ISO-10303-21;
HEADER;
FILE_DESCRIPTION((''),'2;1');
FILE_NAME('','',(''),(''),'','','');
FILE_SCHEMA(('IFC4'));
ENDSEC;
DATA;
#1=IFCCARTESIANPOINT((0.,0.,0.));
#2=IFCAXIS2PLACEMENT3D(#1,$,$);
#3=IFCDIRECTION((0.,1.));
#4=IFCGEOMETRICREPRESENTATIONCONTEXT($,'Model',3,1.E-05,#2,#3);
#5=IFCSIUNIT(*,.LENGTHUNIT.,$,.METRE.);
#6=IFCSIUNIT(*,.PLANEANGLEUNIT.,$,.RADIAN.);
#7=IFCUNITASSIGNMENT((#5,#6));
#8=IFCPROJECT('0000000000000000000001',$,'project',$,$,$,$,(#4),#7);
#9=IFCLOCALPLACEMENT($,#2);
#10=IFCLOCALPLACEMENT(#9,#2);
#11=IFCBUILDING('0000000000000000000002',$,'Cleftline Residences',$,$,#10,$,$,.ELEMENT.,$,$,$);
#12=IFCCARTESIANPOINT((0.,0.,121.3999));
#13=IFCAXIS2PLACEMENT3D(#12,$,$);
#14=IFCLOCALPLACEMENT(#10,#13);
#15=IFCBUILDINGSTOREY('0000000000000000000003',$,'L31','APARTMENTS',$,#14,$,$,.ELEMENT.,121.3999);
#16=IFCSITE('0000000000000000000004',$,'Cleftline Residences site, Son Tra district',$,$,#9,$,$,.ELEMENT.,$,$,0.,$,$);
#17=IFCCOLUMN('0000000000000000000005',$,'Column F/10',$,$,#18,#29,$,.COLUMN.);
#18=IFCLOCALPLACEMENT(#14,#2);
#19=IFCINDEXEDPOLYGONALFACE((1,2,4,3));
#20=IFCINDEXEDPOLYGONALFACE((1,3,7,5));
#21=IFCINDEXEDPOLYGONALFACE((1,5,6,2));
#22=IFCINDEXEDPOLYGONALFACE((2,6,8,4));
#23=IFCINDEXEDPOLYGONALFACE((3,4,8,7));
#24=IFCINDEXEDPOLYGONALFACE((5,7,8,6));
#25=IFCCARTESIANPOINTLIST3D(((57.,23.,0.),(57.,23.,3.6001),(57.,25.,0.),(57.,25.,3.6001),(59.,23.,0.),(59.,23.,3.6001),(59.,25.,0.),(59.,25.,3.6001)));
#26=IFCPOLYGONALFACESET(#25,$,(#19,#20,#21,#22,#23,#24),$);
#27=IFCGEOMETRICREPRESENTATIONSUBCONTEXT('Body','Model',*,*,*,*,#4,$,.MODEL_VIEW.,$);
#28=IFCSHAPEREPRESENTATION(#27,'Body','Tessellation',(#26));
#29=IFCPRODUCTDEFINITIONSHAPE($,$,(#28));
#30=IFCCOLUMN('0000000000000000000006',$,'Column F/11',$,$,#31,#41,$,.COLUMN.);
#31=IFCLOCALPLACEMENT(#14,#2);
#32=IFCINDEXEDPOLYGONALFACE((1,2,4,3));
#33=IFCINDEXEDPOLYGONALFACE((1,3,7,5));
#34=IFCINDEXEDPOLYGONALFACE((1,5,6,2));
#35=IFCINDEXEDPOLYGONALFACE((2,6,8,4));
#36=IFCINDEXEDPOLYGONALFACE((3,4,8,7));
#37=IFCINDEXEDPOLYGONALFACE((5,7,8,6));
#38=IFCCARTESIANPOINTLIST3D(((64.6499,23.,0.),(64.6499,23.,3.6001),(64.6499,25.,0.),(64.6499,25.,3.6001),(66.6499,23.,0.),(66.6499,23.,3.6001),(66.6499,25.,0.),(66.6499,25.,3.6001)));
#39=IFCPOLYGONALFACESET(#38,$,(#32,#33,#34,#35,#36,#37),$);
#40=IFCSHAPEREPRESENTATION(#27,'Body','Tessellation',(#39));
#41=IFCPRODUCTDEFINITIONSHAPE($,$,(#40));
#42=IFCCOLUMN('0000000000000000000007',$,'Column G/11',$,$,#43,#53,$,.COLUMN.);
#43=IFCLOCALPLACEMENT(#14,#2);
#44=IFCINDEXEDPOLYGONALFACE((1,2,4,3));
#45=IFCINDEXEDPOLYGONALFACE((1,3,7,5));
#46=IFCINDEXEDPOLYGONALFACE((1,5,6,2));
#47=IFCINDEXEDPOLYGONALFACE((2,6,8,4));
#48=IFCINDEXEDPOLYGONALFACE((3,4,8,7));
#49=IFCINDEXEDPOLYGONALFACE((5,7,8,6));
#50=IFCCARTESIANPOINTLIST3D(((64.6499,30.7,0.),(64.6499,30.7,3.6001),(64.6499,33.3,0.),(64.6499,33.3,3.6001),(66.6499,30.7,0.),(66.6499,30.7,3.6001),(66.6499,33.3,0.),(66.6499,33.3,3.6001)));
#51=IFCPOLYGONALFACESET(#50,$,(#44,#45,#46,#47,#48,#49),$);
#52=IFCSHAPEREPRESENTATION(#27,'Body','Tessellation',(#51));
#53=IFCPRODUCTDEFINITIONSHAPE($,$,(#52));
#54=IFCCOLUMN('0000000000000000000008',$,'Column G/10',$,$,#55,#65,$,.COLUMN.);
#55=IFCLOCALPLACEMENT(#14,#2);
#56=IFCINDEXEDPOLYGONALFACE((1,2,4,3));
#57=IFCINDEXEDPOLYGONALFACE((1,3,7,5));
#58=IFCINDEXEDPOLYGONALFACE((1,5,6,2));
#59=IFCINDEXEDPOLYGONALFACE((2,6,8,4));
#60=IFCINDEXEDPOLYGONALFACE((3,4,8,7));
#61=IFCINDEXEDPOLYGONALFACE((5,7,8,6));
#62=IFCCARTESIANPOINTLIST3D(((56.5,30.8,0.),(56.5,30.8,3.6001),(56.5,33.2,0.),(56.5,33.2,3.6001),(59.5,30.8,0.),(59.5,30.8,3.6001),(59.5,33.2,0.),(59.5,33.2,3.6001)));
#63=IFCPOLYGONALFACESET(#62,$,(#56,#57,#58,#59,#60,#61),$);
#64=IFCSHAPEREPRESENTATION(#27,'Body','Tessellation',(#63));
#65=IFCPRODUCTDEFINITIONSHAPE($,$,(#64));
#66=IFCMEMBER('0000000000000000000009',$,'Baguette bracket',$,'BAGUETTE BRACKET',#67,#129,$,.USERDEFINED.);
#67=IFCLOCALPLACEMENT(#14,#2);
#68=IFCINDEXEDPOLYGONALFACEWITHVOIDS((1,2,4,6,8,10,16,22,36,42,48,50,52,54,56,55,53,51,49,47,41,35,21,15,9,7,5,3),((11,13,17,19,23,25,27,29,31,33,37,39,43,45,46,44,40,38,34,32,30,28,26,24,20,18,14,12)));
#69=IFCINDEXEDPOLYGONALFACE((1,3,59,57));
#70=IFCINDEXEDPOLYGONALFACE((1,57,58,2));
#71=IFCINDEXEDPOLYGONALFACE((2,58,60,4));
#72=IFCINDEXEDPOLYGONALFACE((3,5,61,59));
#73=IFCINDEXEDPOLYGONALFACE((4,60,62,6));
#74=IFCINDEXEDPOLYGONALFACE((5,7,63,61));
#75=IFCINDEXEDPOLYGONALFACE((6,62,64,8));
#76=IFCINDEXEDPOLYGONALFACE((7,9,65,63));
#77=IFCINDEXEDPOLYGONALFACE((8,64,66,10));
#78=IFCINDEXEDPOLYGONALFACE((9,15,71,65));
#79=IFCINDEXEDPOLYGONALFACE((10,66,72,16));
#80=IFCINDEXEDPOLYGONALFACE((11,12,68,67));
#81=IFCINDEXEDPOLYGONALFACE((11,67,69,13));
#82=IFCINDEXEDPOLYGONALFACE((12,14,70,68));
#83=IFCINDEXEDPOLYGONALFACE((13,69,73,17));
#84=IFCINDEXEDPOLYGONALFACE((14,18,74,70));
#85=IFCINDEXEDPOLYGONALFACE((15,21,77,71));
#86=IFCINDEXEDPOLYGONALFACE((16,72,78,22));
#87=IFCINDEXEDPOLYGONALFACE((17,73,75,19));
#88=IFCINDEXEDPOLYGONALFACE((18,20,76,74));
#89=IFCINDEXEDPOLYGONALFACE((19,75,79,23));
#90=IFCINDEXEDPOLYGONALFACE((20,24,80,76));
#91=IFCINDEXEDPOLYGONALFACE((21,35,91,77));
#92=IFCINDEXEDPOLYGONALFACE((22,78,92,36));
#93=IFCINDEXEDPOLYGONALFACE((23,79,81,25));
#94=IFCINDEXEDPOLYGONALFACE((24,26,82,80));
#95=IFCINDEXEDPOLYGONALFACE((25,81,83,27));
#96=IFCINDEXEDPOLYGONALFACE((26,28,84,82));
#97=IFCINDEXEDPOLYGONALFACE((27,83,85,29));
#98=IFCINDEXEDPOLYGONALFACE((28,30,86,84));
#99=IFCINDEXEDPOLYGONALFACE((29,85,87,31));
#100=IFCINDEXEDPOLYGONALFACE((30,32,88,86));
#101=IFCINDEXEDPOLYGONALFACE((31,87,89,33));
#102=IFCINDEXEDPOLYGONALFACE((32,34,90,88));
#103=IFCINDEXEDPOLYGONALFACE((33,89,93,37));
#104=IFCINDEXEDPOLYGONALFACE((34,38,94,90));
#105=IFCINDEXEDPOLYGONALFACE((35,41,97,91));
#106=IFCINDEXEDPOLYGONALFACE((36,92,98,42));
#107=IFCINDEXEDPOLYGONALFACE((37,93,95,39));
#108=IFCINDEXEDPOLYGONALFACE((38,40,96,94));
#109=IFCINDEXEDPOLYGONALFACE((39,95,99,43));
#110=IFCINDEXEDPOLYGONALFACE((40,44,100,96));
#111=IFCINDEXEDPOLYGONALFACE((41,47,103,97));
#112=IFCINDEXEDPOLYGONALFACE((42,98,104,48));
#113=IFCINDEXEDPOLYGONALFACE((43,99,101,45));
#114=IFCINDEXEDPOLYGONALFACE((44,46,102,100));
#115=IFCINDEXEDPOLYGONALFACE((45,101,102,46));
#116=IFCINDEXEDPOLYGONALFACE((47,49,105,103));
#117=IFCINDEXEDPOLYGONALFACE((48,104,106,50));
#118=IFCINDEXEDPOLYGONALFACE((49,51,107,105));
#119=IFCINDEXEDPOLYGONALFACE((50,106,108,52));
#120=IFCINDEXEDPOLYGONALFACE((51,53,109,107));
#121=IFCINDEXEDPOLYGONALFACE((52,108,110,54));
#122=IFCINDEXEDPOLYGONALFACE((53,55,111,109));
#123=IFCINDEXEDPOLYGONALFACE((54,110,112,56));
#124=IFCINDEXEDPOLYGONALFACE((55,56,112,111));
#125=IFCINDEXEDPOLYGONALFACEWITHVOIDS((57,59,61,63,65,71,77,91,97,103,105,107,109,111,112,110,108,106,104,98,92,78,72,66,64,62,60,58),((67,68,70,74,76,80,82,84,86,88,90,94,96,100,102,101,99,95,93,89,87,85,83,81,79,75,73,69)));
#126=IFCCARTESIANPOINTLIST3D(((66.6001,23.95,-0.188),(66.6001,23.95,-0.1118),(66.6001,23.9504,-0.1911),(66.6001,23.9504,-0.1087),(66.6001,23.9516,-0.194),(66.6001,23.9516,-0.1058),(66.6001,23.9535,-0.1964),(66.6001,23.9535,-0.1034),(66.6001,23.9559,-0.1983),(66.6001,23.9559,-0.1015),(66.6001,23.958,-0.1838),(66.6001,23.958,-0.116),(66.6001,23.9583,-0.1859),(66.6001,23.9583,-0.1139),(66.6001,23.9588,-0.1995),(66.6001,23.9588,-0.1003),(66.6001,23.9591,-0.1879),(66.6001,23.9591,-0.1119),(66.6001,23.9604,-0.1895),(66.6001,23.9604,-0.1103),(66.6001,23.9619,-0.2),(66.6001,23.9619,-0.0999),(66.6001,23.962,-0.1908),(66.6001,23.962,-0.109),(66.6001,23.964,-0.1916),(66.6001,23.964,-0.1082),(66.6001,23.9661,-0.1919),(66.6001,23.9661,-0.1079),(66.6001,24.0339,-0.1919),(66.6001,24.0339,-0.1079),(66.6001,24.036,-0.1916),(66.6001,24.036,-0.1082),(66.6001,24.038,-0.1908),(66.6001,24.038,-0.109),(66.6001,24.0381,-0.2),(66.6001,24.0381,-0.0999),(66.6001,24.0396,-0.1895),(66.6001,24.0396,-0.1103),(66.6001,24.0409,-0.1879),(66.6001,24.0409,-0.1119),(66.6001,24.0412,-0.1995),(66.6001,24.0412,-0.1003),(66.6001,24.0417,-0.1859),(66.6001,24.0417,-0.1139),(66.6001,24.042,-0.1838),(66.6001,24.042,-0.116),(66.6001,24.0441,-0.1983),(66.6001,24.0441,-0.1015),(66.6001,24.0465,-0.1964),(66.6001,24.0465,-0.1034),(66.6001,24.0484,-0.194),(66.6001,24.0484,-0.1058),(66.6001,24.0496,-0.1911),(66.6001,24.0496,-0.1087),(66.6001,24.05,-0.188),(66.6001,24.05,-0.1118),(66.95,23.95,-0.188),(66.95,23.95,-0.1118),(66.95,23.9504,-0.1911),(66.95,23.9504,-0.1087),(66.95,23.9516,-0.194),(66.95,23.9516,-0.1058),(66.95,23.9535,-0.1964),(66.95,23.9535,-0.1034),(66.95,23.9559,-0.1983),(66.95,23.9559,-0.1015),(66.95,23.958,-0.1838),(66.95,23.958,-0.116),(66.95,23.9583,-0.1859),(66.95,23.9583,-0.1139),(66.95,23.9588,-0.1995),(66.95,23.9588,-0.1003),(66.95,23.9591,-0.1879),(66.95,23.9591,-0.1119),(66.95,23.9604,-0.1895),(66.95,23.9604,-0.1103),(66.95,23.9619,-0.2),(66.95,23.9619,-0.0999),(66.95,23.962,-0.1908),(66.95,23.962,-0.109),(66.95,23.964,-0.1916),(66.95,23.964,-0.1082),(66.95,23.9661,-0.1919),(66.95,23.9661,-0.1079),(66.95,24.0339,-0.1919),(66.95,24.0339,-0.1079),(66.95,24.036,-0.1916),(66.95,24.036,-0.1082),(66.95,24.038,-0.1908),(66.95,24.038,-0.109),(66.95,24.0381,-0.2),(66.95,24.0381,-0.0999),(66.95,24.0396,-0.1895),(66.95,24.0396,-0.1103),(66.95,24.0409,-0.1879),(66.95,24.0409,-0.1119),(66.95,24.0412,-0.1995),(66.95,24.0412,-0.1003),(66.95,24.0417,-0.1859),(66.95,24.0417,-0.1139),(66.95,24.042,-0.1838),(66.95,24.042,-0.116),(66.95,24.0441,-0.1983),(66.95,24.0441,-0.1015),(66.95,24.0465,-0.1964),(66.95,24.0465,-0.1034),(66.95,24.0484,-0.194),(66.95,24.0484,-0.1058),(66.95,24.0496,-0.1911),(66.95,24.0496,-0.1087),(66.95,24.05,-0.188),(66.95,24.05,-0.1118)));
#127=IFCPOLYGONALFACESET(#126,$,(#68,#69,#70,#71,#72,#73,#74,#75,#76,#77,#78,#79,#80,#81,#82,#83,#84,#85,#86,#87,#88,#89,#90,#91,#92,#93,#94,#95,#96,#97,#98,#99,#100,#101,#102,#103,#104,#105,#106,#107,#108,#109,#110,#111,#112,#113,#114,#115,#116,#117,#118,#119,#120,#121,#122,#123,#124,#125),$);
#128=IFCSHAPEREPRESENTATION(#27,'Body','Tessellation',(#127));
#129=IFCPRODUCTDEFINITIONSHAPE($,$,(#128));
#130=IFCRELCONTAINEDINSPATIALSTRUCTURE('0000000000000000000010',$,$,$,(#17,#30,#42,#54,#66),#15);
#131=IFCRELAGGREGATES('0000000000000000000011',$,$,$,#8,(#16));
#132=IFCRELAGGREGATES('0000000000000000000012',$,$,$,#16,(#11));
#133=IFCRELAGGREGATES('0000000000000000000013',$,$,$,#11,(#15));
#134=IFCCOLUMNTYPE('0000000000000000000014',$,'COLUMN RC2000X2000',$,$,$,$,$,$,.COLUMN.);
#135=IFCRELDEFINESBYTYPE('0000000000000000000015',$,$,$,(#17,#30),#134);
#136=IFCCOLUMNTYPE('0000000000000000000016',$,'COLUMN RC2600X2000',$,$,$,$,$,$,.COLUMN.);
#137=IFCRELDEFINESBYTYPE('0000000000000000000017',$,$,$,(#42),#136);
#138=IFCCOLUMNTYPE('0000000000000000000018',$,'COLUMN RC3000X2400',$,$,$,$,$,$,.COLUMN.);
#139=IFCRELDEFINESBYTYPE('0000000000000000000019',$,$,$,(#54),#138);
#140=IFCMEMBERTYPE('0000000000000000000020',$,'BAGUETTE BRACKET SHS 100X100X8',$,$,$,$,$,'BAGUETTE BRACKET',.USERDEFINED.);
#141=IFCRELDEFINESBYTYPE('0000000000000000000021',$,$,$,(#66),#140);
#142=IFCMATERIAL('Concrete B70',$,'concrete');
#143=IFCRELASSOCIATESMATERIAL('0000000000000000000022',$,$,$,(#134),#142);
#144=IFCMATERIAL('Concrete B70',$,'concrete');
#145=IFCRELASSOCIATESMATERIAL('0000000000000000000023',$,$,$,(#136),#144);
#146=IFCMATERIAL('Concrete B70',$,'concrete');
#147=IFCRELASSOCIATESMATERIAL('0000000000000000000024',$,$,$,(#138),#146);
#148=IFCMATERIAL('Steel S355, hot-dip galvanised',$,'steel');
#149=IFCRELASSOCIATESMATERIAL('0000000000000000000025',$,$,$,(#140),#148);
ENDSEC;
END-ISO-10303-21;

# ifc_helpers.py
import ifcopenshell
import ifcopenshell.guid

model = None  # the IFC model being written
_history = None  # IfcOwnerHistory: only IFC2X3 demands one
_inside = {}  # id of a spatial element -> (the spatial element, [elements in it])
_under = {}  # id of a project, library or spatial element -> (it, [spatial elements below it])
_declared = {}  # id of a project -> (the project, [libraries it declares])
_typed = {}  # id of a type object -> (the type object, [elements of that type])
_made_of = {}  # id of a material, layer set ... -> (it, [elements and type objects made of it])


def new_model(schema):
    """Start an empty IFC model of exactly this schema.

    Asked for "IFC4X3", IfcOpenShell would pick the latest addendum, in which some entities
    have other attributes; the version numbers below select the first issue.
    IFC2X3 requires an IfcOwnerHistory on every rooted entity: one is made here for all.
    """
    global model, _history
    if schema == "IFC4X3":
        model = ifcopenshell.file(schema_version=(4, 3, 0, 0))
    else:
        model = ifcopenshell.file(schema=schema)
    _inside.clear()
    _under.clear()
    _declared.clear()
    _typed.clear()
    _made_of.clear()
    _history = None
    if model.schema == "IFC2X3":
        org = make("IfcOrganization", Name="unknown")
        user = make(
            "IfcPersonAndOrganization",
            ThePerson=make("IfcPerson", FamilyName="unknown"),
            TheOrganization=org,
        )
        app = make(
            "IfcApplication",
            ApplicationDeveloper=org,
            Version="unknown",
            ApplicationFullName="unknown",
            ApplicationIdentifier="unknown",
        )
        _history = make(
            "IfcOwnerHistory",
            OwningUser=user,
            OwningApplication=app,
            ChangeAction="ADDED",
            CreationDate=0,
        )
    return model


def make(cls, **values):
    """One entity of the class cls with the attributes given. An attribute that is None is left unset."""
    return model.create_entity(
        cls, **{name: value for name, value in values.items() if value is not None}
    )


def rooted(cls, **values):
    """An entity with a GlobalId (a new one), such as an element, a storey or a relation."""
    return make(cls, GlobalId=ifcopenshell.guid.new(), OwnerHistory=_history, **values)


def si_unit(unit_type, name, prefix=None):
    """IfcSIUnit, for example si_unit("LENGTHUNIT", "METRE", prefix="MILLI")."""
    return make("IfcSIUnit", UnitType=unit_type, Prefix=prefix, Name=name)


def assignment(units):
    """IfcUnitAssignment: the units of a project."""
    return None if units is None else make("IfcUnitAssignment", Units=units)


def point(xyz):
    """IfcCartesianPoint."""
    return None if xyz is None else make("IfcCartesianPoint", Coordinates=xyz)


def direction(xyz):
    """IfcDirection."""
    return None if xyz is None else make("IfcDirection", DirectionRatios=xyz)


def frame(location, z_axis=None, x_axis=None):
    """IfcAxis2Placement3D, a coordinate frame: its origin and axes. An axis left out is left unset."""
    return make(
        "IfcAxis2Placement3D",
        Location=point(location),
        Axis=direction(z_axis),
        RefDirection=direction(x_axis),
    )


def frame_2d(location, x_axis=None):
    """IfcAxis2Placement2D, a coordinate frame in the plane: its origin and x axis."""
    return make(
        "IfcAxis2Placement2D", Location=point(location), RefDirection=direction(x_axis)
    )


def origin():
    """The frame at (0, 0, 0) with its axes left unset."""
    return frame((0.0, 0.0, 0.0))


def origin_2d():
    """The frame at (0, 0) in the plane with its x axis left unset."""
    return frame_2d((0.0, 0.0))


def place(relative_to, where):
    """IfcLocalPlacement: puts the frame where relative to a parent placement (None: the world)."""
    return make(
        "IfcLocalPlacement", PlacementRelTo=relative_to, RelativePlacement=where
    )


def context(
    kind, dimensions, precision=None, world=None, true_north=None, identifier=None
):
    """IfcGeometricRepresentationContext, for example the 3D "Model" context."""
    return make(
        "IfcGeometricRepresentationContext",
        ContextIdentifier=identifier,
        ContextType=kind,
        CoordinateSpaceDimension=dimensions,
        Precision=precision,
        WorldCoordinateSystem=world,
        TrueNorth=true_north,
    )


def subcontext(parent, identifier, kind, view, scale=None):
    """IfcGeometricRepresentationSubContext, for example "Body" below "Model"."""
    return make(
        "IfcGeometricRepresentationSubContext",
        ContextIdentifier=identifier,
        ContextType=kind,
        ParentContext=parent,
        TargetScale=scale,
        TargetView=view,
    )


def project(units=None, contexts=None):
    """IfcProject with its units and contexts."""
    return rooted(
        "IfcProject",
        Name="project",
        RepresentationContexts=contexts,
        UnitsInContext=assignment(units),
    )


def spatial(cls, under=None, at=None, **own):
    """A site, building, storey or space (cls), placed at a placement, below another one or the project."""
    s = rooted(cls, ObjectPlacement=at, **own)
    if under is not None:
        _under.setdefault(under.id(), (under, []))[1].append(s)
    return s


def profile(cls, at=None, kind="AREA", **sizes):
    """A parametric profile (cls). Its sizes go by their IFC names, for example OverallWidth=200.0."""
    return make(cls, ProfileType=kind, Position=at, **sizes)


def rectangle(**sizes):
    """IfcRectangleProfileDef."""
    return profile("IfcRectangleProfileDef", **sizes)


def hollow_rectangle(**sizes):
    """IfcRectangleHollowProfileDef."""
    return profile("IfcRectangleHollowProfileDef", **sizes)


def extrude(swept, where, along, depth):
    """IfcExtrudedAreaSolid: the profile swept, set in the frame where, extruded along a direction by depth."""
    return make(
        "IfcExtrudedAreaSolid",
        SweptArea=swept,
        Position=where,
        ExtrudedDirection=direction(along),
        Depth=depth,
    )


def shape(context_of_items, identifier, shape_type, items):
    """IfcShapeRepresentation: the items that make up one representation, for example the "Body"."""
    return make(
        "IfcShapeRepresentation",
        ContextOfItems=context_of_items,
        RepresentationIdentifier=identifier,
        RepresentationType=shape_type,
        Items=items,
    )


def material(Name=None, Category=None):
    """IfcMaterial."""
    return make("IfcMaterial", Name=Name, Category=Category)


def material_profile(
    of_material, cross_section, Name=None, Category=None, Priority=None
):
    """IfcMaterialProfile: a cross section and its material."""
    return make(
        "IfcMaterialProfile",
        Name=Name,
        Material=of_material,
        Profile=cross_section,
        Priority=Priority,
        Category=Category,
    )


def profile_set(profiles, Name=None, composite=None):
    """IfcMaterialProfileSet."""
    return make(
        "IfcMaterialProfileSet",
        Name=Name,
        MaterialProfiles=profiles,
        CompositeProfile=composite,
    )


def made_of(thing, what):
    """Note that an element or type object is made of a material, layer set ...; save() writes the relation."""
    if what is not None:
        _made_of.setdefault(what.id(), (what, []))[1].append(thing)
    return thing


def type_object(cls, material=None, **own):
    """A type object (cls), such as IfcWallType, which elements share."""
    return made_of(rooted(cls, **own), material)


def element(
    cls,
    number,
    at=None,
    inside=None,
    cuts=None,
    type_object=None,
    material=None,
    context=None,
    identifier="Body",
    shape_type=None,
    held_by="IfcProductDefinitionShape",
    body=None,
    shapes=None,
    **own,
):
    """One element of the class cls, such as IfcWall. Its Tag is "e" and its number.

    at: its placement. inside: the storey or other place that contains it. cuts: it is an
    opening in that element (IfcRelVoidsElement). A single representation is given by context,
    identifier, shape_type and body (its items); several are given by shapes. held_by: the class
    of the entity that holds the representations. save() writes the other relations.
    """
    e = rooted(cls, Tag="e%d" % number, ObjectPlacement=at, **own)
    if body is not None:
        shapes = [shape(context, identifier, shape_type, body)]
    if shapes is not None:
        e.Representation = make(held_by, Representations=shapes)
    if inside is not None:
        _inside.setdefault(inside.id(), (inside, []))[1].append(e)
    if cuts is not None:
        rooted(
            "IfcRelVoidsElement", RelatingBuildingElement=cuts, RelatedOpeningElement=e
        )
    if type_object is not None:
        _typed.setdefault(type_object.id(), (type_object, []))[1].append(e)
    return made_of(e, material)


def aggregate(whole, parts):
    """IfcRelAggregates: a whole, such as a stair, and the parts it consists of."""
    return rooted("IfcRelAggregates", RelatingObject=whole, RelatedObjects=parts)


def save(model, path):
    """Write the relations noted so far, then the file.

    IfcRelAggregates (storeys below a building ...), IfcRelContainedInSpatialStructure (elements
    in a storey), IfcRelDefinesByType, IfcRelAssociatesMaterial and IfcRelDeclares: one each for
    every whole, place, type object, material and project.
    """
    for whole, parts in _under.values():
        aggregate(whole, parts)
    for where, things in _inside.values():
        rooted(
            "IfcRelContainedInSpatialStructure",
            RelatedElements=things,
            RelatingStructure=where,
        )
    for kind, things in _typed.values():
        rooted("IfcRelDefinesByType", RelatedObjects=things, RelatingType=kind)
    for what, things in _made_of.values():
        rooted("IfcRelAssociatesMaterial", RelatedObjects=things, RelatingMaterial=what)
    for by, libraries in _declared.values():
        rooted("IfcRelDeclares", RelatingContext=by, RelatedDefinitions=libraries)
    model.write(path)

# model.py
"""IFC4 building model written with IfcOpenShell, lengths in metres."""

from ifc_helpers import new_model, si_unit, direction, frame, origin, origin_2d, place, context, subcontext, project, spatial, rectangle, hollow_rectangle, extrude, material, material_profile, profile_set, type_object, element, save


model = new_model("IFC4")

# Units and contexts
model_context = context("Model", 3, precision=1e-05, world=origin(), true_north=direction((0.0, 1.0)))
body_context = subcontext(model_context, "Body", "Model", "MODEL_VIEW")
ifc_project = project(units=[si_unit("LENGTHUNIT", "METRE"), si_unit("PLANEANGLEUNIT", "RADIAN")], contexts=[model_context])

# Site, building, storey
site_placement = place(None, origin())
site = spatial("IfcSite", under=ifc_project, at=site_placement, Name="Cleftline Residences site, Son Tra district", CompositionType="ELEMENT", RefElevation=0.0)
building_placement = place(site_placement, origin())
building = spatial("IfcBuilding", under=site, at=building_placement, Name="Cleftline Residences", CompositionType="ELEMENT")
storey_placement = place(building_placement, frame((0.0, 0.0, 121.3999)))
storey = spatial("IfcBuildingStorey", under=building, at=storey_placement, Name="L31", Description="APARTMENTS", CompositionType="ELEMENT", Elevation=121.3999)

# Columns
ifc_material_1 = material(Name="Concrete B70", Category="concrete")
ifc_material_profile_1 = material_profile(ifc_material_1, rectangle(XDim=2.0, YDim=2.0, at=origin_2d()))
ifc_profile_set_1 = profile_set([ifc_material_profile_1], Name="Concrete B70")
column_type_1 = type_object("IfcColumnType", Name="COLUMN RC2000X2000", PredefinedType="COLUMN", material=ifc_profile_set_1)
for number, where, z_axis, x_axis, name in (
    (1, (58.0, 24.0, 0.0), (0.0, 0.0, 1.0), (1.0, 0.0, 0.0), "Column F/10"),
    (2, (65.6499, 24.0, 0.0), (0.0, 0.0, 1.0), (1.0, 0.0, 0.0), "Column F/11"),
):
    element("IfcColumn", number, at=place(storey_placement, frame(where, z_axis=z_axis, x_axis=x_axis)), inside=storey, type_object=column_type_1, Name=name, PredefinedType="COLUMN", context=body_context, shape_type="SweptSolid", body=[
        extrude(rectangle(XDim=2.0, YDim=2.0, at=origin_2d()), origin(), (0.0, 0.0, 1.0), 3.6001),
    ])
ifc_material_2 = material(Name="Concrete B70", Category="concrete")
ifc_material_profile_2 = material_profile(ifc_material_2, rectangle(XDim=2.6001, YDim=2.0, at=origin_2d()))
ifc_profile_set_2 = profile_set([ifc_material_profile_2], Name="Concrete B70")
column_type_2 = type_object("IfcColumnType", Name="COLUMN RC2600X2000", PredefinedType="COLUMN", material=ifc_profile_set_2)
column_1_placement = place(storey_placement, frame((65.6499, 32.0, 0.0), z_axis=(0.0, 0.0, 1.0), x_axis=(0.0, 1.0, 0.0)))
element("IfcColumn", 3, at=column_1_placement, inside=storey, type_object=column_type_2, Name="Column G/11", PredefinedType="COLUMN", context=body_context, shape_type="SweptSolid", body=[
    extrude(rectangle(XDim=2.6001, YDim=2.0, at=origin_2d()), origin(), (0.0, 0.0, 1.0), 3.6001),
])
ifc_material_3 = material(Name="Concrete B70", Category="concrete")
ifc_material_profile_3 = material_profile(ifc_material_3, rectangle(XDim=3.0, YDim=2.3999, at=origin_2d()))
ifc_profile_set_3 = profile_set([ifc_material_profile_3], Name="Concrete B70")
column_type_3 = type_object("IfcColumnType", Name="COLUMN RC3000X2400", PredefinedType="COLUMN", material=ifc_profile_set_3)
column_2_placement = place(storey_placement, frame((58.0, 32.0, 0.0), z_axis=(0.0, 0.0, 1.0), x_axis=(1.0, 0.0, 0.0)))
element("IfcColumn", 4, at=column_2_placement, inside=storey, type_object=column_type_3, Name="Column G/10", PredefinedType="COLUMN", context=body_context, shape_type="SweptSolid", body=[
    extrude(rectangle(XDim=3.0, YDim=2.3999, at=origin_2d()), origin(), (0.0, 0.0, 1.0), 3.6001),
])

# Member
ifc_material_4 = material(Name="Steel S355, hot-dip galvanised", Category="steel")
ifc_material_profile_4 = material_profile(ifc_material_4, hollow_rectangle(XDim=0.1001, YDim=0.1001, WallThickness=0.0081, InnerFilletRadius=0.0081, OuterFilletRadius=0.012, at=origin_2d()))
ifc_profile_set_4 = profile_set([ifc_material_profile_4], Name="Steel S355, hot-dip galvanised")
member_type_1 = type_object("IfcMemberType", Name="BAGUETTE BRACKET SHS 100X100X8", ElementType="BAGUETTE BRACKET", PredefinedType="USERDEFINED", material=ifc_profile_set_4)
member_1_placement = place(storey_placement, frame((66.6001, 24.0, -0.1499), z_axis=(1.0, 0.0, 0.0), x_axis=(0.0, 1.0, 0.0)))
element("IfcMember", 5, at=member_1_placement, inside=storey, type_object=member_type_1, Name="Baguette bracket", ObjectType="BAGUETTE BRACKET", PredefinedType="USERDEFINED", context=body_context, shape_type="SweptSolid", body=[
    extrude(hollow_rectangle(XDim=0.1001, YDim=0.1001, WallThickness=0.0081, InnerFilletRadius=0.0081, OuterFilletRadius=0.012, at=origin_2d()), origin(), (0.0, 0.0, 1.0), 0.3499),
])

save(model, "model.ifc")
